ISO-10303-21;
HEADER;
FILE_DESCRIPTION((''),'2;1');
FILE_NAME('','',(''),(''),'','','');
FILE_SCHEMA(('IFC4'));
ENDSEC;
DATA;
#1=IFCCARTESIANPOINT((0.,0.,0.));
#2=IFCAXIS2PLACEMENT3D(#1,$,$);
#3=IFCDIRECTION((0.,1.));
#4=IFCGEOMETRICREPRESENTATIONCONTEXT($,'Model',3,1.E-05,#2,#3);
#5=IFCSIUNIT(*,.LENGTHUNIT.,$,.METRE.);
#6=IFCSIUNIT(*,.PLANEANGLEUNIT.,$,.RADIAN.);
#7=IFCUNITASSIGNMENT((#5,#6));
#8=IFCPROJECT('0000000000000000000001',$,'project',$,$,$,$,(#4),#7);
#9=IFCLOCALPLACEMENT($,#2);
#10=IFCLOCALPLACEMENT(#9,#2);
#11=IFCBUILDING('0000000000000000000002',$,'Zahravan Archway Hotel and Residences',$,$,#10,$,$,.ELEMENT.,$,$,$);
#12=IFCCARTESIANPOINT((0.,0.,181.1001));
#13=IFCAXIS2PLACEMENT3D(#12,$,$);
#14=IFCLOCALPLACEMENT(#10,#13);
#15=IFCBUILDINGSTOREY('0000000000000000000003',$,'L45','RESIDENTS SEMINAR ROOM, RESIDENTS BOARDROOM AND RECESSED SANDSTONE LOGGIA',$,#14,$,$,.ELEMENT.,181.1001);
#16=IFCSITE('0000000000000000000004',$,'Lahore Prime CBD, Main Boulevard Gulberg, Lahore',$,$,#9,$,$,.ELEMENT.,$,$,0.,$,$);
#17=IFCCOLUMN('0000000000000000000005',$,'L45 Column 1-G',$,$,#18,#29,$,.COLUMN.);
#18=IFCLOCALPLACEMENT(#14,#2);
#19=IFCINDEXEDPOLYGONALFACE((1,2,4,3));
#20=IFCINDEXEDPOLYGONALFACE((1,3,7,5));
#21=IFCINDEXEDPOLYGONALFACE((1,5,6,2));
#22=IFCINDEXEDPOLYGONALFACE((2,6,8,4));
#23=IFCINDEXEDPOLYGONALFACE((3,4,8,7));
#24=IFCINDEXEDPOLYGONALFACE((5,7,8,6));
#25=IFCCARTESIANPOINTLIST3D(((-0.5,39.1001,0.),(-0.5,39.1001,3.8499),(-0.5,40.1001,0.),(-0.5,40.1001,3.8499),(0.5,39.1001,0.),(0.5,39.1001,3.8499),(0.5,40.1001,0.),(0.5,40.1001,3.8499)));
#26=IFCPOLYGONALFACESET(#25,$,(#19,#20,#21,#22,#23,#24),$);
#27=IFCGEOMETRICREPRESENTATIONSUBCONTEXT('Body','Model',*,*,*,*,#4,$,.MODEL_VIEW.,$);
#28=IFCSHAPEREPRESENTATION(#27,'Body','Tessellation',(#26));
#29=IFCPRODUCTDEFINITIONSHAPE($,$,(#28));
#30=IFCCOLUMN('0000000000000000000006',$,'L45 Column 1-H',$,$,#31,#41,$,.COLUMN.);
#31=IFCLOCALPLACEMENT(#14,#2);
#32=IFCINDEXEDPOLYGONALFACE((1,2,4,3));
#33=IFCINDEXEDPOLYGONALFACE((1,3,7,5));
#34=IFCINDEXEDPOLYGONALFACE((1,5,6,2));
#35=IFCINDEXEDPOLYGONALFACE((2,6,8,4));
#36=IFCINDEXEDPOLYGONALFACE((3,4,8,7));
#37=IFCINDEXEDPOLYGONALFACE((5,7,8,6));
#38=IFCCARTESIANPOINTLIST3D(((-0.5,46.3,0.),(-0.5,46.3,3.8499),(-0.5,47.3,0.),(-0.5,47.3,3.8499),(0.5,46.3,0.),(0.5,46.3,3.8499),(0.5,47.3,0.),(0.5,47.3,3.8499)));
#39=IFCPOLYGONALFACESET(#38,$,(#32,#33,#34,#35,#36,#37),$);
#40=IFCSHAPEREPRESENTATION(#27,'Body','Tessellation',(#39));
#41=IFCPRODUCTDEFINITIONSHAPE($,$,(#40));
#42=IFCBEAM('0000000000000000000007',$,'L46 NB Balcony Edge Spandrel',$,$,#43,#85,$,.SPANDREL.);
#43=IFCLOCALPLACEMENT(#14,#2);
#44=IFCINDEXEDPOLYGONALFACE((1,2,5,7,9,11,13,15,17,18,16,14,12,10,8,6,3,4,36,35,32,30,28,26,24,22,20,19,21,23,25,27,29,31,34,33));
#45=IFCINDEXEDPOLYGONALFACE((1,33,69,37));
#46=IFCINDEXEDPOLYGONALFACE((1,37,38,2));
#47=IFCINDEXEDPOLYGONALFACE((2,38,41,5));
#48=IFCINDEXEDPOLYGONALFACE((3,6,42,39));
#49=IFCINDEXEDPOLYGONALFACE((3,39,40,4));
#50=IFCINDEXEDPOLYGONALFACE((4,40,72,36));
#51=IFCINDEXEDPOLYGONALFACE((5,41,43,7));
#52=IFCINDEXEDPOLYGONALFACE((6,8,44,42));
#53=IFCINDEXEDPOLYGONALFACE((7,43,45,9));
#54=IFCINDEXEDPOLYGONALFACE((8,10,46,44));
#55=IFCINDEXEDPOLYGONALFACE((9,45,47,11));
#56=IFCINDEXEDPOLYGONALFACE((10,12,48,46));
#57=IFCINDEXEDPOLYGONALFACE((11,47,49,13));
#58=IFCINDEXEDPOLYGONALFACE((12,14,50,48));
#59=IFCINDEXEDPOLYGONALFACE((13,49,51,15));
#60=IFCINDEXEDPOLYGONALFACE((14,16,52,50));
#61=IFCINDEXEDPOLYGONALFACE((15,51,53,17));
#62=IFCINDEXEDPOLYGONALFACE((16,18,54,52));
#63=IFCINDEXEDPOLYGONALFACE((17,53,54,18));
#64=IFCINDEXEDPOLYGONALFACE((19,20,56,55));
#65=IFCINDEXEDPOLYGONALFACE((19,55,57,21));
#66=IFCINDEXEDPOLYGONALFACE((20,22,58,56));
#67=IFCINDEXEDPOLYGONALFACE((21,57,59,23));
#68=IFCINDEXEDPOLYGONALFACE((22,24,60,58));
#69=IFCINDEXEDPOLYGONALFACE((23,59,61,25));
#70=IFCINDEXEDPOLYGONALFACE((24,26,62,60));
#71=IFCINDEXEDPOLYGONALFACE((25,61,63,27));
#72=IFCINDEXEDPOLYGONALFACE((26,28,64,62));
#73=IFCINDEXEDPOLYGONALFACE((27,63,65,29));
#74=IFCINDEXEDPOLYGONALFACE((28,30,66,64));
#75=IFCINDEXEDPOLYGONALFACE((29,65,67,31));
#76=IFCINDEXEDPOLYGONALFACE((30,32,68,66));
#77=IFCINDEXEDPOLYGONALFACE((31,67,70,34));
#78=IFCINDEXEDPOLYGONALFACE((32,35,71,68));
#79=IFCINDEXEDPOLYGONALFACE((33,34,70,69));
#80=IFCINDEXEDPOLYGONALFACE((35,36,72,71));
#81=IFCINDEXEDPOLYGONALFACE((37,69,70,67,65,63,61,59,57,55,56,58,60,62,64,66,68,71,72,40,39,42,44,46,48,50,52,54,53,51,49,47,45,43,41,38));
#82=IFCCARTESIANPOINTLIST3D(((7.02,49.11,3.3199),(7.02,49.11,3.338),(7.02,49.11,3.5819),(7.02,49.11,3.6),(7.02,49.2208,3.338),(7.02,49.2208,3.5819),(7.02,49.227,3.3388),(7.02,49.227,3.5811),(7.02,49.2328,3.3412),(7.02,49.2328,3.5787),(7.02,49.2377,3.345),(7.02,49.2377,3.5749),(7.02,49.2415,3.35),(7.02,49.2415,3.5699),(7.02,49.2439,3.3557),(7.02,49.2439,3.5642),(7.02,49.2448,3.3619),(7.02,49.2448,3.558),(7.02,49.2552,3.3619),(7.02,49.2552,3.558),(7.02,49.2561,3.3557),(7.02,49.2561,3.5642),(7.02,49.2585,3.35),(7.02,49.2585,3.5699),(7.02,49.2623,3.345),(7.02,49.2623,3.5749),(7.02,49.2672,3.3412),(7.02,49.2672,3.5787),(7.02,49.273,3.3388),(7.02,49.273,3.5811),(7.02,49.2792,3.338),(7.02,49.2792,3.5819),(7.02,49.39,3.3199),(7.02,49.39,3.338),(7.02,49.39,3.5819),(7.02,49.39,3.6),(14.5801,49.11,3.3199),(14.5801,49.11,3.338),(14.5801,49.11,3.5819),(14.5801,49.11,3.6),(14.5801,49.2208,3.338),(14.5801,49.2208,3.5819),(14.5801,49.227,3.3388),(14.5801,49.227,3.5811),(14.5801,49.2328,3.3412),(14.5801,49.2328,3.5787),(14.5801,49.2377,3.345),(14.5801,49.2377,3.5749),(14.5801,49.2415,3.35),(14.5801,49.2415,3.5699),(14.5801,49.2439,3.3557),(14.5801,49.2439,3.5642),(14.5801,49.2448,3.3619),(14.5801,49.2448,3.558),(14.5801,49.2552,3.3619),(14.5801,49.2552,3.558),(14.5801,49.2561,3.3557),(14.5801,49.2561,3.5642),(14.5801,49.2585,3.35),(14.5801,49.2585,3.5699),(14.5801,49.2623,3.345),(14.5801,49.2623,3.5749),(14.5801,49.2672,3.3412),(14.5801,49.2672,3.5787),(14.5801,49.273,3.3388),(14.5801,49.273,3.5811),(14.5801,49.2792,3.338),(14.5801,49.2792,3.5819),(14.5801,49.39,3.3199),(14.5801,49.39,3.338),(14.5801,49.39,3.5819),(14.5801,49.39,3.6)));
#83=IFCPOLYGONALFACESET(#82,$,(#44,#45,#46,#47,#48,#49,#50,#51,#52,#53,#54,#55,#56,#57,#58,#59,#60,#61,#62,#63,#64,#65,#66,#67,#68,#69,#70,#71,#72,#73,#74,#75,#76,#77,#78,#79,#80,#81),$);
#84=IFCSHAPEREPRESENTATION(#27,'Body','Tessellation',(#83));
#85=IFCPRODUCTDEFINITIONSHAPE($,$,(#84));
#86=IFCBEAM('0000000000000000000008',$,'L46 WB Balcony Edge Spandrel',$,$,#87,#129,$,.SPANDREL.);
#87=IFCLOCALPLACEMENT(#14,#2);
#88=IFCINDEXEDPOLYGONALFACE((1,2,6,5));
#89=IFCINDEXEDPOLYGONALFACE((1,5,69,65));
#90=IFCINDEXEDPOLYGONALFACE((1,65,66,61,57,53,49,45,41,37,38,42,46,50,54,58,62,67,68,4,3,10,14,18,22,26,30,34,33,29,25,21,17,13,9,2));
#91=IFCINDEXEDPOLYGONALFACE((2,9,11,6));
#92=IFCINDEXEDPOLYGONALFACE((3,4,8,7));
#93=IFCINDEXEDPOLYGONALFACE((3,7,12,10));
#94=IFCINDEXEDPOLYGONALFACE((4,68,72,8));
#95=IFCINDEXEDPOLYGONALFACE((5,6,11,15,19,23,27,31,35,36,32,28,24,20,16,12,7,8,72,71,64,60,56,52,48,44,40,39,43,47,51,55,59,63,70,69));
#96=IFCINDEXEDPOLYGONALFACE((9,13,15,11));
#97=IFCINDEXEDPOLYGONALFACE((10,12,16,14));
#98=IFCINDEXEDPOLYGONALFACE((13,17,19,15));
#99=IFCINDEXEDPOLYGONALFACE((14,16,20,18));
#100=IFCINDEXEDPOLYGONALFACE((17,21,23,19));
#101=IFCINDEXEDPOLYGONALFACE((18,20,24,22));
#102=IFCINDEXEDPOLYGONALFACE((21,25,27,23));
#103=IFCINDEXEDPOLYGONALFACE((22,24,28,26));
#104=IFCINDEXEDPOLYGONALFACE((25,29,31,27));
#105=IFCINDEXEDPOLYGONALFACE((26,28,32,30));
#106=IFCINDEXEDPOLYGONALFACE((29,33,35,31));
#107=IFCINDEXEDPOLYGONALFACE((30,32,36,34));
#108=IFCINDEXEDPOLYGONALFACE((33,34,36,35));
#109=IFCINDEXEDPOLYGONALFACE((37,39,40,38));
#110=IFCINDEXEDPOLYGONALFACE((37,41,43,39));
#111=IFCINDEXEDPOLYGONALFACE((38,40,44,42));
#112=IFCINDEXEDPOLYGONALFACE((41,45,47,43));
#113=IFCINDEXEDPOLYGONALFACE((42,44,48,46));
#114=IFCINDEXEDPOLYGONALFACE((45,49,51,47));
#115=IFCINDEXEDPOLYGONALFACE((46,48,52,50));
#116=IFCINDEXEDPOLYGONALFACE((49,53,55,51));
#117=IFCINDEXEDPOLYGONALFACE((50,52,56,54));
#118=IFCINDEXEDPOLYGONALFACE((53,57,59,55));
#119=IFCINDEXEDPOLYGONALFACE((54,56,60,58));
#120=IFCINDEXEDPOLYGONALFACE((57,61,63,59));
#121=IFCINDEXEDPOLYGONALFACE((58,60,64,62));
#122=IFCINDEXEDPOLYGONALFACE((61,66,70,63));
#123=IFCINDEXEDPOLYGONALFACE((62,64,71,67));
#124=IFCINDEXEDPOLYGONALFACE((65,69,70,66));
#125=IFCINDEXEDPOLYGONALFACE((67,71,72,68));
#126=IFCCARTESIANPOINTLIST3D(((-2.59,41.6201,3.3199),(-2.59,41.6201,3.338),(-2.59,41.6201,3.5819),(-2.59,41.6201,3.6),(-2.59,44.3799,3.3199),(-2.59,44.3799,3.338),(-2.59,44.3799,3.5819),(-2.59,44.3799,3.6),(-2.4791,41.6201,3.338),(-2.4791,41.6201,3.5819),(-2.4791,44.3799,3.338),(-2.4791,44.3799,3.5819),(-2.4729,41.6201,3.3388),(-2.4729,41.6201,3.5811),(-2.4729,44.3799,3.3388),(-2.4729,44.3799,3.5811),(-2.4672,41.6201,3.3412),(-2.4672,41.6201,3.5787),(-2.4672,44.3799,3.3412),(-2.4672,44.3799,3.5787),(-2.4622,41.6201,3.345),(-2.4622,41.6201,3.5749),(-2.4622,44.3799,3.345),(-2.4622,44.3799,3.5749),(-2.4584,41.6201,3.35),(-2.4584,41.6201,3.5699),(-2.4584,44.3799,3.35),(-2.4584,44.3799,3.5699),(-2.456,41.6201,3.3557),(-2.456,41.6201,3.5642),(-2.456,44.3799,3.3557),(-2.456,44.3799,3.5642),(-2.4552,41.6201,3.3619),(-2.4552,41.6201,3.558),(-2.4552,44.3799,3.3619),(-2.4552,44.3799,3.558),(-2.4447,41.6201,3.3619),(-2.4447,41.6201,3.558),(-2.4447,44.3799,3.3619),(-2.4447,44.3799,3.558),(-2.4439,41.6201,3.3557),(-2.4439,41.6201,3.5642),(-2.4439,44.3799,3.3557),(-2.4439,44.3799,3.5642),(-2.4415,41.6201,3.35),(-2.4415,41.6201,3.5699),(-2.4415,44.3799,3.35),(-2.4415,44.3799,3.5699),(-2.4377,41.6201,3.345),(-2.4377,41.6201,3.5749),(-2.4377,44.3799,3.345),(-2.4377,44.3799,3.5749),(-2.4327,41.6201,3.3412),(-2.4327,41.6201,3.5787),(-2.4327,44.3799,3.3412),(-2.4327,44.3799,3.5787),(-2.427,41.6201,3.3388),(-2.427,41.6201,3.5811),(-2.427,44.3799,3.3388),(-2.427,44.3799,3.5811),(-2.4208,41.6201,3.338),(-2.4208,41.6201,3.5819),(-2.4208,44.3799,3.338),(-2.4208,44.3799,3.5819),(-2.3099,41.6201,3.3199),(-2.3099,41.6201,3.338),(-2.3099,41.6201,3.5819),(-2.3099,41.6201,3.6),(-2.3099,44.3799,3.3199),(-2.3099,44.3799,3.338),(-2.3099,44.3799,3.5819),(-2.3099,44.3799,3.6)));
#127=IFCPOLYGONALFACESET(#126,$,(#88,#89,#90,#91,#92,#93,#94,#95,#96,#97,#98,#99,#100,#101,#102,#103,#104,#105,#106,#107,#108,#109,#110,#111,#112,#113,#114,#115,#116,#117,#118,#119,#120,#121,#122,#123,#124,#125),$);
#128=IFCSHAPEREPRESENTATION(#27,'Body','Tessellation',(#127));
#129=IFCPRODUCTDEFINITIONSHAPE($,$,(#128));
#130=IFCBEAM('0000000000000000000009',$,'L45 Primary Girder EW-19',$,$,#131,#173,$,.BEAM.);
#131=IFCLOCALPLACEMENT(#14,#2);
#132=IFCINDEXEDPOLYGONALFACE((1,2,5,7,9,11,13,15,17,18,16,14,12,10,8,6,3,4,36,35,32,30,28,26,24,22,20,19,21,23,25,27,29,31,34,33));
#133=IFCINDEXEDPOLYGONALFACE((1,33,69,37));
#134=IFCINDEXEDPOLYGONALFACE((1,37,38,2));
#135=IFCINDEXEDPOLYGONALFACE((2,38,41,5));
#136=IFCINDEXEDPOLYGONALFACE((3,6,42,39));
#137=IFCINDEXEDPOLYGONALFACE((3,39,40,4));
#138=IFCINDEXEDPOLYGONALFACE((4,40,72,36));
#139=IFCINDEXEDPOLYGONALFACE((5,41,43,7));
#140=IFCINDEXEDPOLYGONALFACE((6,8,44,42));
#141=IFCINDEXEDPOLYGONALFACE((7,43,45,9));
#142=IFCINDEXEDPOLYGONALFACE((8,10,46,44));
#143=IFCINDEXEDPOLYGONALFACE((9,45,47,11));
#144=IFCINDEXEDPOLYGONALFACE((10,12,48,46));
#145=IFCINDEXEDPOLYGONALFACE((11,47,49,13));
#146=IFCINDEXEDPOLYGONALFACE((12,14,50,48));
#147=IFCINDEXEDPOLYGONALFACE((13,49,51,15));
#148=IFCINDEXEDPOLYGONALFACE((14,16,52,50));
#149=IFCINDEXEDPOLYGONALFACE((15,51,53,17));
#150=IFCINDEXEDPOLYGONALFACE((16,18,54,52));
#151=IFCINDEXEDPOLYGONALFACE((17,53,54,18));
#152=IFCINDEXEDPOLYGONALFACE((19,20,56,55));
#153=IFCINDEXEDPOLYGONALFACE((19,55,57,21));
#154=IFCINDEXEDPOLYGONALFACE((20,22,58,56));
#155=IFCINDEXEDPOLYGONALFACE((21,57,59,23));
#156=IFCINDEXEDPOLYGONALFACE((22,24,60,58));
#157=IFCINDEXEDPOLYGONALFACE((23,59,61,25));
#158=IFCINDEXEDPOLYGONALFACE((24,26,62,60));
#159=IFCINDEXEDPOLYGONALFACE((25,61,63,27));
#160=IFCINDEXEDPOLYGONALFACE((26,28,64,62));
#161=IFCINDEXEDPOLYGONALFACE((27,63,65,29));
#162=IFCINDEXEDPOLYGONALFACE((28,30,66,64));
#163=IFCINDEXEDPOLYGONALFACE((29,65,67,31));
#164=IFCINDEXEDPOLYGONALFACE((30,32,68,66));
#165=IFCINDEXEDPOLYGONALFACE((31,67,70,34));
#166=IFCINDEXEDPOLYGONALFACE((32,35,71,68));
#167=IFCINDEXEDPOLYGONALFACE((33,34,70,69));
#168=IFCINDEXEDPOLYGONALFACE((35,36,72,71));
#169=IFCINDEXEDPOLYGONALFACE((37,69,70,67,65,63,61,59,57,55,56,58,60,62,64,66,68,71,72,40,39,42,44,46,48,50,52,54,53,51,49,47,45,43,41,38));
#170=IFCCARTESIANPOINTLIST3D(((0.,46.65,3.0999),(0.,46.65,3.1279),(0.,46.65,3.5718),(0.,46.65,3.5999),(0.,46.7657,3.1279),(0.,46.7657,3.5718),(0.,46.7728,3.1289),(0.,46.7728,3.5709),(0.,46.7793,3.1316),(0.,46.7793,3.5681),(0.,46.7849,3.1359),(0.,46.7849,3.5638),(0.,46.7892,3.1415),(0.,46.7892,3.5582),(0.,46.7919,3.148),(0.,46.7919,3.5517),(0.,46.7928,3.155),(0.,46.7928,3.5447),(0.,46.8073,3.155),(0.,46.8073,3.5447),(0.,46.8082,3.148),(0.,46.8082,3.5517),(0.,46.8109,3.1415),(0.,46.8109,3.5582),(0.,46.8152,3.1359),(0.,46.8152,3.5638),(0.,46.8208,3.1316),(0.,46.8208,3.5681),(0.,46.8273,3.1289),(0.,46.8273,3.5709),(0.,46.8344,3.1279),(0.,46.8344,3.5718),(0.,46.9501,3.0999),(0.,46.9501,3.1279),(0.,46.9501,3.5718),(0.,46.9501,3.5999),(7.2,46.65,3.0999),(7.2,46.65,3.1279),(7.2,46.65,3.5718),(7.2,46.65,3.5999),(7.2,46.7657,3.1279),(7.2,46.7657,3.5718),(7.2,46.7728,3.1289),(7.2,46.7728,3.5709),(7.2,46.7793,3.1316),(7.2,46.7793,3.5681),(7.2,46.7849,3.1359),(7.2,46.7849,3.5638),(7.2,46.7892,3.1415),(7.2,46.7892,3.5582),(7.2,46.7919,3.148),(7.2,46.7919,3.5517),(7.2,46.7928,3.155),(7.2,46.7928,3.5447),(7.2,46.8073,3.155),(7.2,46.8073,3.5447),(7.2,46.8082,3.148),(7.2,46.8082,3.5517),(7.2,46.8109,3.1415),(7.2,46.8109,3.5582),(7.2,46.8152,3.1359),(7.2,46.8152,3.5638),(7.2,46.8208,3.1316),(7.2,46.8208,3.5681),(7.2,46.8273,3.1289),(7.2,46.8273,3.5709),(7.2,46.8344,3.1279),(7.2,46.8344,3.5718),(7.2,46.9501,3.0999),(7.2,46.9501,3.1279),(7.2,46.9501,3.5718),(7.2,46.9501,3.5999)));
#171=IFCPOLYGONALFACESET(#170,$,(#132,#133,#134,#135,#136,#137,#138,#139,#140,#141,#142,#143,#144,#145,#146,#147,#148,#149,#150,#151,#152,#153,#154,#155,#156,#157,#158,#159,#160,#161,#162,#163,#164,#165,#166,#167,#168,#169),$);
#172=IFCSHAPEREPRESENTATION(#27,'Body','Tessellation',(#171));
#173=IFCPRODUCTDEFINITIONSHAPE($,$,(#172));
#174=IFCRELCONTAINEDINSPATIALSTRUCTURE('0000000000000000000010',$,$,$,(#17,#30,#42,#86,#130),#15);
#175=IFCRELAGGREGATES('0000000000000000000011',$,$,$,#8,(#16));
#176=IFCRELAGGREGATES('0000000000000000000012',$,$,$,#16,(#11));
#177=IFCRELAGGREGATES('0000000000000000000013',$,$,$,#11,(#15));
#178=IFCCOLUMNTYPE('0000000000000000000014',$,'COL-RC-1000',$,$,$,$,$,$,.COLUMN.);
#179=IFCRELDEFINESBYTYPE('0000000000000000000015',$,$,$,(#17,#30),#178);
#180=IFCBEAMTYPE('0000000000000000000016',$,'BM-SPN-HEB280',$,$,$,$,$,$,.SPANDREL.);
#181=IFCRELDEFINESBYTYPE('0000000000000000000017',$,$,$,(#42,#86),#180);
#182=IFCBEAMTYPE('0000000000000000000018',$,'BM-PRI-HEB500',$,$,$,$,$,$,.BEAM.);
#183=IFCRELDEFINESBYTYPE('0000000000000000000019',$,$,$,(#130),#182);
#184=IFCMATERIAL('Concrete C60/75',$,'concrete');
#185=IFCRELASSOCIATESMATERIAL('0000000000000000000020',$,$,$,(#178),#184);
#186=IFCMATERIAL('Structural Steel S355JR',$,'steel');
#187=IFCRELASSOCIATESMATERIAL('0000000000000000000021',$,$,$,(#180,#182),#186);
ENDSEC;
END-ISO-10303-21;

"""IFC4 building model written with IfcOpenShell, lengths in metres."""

from ifc_helpers import new_model, si_unit, direction, frame, origin, origin_2d, place, context, subcontext, project, spatial, rectangle, i_section, extrude, source, transform, mapped, material, material_profile, profile_set, type_object, type_shapes, element, save


model = new_model("IFC4")

# Units and contexts
model_context = context("Model", 3, precision=1e-05, world=origin(), true_north=direction((0.0, 1.0)))
body_context = subcontext(model_context, "Body", "Model", "MODEL_VIEW")
ifc_project = project(units=[si_unit("LENGTHUNIT", "METRE"), si_unit("PLANEANGLEUNIT", "RADIAN")], contexts=[model_context])

# Site, building, storey
site_placement = place(None, origin())
site = spatial("IfcSite", under=ifc_project, at=site_placement, Name="Lahore Prime CBD, Main Boulevard Gulberg, Lahore", CompositionType="ELEMENT", RefElevation=0.0)
building_placement = place(site_placement, origin())
building = spatial("IfcBuilding", under=site, at=building_placement, Name="Zahravan Archway Hotel and Residences", CompositionType="ELEMENT")
storey_placement = place(building_placement, frame((0.0, 0.0, 181.1001)))
storey = spatial("IfcBuildingStorey", under=building, at=storey_placement, Name="L45", Description="RESIDENTS SEMINAR ROOM, RESIDENTS BOARDROOM AND RECESSED SANDSTONE LOGGIA", CompositionType="ELEMENT", Elevation=181.1001)

# Columns
ifc_material_1 = material(Name="Concrete C60/75", Category="concrete")
ifc_material_profile_1 = material_profile(ifc_material_1, rectangle(XDim=1.0, YDim=1.0, at=origin_2d()), Name="RC-COL-1000x1000", Category="concrete")
ifc_profile_set_1 = profile_set([ifc_material_profile_1], Name="Concrete C60/75")
column_type = type_object("IfcColumnType", Name="COL-RC-1000", PredefinedType="COLUMN", material=ifc_profile_set_1)
shared_shape_1 = source(origin(), body_context, "Body", "SweptSolid", [
    extrude(rectangle(XDim=1.0, YDim=1.0, at=origin_2d()), origin(), (0.0, 0.0, 1.0), 3.8499),
])
for number, where, z_axis, x_axis, name in (
    (1, (0.0, 39.6001, 0.0), (0.0, 0.0, 1.0), (1.0, 0.0, 0.0), "L45 Column 1-G"),
    (2, (0.0, 46.8, 0.0), (0.0, 0.0, 1.0), (1.0, 0.0, 0.0), "L45 Column 1-H"),
):
    element("IfcColumn", number, at=place(storey_placement, frame(where, z_axis=z_axis, x_axis=x_axis)), inside=storey, type_object=column_type, Name=name, PredefinedType="COLUMN", context=body_context, shape_type="MappedRepresentation", body=[
        mapped(shared_shape_1, transform((0.0, 0.0, 0.0), scale=1.0)),
    ])

# Beams
ifc_material_2 = material(Name="Structural Steel S355JR", Category="steel")
ifc_material_profile_2 = material_profile(ifc_material_2, i_section(OverallWidth=0.28, OverallDepth=0.28, WebThickness=0.0105, FlangeThickness=0.0181, FilletRadius=0.0239, at=origin_2d()), Name="HEB 280", Category="steel")
ifc_profile_set_2 = profile_set([ifc_material_profile_2], Name="Structural Steel S355JR")
beam_type_1 = type_object("IfcBeamType", Name="BM-SPN-HEB280", PredefinedType="SPANDREL", material=ifc_profile_set_2)
shared_shape_2 = source(origin(), body_context, "Body", "SweptSolid", [
    extrude(i_section(OverallWidth=0.28, OverallDepth=0.28, WebThickness=0.0105, FlangeThickness=0.0181, FilletRadius=0.0239, at=origin_2d()), origin(), (0.0, 0.0, 1.0), 7.5601),
])
type_shapes(beam_type_1, [shared_shape_2])
beam_1_placement = place(storey_placement, frame((7.02, 49.25, 3.46), z_axis=(1.0, 0.0, 0.0), x_axis=(0.0, 1.0, 0.0)))
element("IfcBeam", 3, at=beam_1_placement, inside=storey, type_object=beam_type_1, Name="L46 NB Balcony Edge Spandrel", PredefinedType="SPANDREL", context=body_context, shape_type="MappedRepresentation", body=[
    mapped(shared_shape_2, transform((0.0, 0.0, 0.0), scale=1.0)),
])
shared_shape_3 = source(origin(), body_context, "Body", "SweptSolid", [
    extrude(i_section(OverallWidth=0.28, OverallDepth=0.28, WebThickness=0.0105, FlangeThickness=0.0181, FilletRadius=0.0239, at=origin_2d()), origin(), (0.0, 0.0, 1.0), 2.7598),
])
beam_2_placement = place(storey_placement, frame((-2.45, 41.6201, 3.46), z_axis=(0.0, 1.0, 0.0), x_axis=(-1.0, 0.0, 0.0)))
element("IfcBeam", 4, at=beam_2_placement, inside=storey, type_object=beam_type_1, Name="L46 WB Balcony Edge Spandrel", PredefinedType="SPANDREL", context=body_context, shape_type="MappedRepresentation", body=[
    mapped(shared_shape_3, transform((0.0, 0.0, 0.0), scale=1.0)),
])
ifc_material_profile_3 = material_profile(ifc_material_2, i_section(OverallWidth=0.3, OverallDepth=0.5, WebThickness=0.0144, FlangeThickness=0.0281, FilletRadius=0.0271, at=origin_2d()), Name="HEB 500", Category="steel")
ifc_profile_set_3 = profile_set([ifc_material_profile_3], Name="Structural Steel S355JR")
beam_type_2 = type_object("IfcBeamType", Name="BM-PRI-HEB500", PredefinedType="BEAM", material=ifc_profile_set_3)
shared_shape_4 = source(origin(), body_context, "Body", "SweptSolid", [
    extrude(i_section(OverallWidth=0.3, OverallDepth=0.5, WebThickness=0.0144, FlangeThickness=0.0281, FilletRadius=0.0271, at=origin_2d()), origin(), (0.0, 0.0, 1.0), 7.2),
])
for number, where, z_axis, x_axis, name in (
    (5, (0.0, 46.8, 3.3499), (1.0, 0.0, 0.0), (0.0, 1.0, 0.0), "L45 Primary Girder EW-19"),
):
    element("IfcBeam", number, at=place(storey_placement, frame(where, z_axis=z_axis, x_axis=x_axis)), inside=storey, type_object=beam_type_2, Name=name, PredefinedType="BEAM", context=body_context, shape_type="MappedRepresentation", body=[
        mapped(shared_shape_4, transform((0.0, 0.0, 0.0), scale=1.0)),
    ])

save(model, "model.ifc")
